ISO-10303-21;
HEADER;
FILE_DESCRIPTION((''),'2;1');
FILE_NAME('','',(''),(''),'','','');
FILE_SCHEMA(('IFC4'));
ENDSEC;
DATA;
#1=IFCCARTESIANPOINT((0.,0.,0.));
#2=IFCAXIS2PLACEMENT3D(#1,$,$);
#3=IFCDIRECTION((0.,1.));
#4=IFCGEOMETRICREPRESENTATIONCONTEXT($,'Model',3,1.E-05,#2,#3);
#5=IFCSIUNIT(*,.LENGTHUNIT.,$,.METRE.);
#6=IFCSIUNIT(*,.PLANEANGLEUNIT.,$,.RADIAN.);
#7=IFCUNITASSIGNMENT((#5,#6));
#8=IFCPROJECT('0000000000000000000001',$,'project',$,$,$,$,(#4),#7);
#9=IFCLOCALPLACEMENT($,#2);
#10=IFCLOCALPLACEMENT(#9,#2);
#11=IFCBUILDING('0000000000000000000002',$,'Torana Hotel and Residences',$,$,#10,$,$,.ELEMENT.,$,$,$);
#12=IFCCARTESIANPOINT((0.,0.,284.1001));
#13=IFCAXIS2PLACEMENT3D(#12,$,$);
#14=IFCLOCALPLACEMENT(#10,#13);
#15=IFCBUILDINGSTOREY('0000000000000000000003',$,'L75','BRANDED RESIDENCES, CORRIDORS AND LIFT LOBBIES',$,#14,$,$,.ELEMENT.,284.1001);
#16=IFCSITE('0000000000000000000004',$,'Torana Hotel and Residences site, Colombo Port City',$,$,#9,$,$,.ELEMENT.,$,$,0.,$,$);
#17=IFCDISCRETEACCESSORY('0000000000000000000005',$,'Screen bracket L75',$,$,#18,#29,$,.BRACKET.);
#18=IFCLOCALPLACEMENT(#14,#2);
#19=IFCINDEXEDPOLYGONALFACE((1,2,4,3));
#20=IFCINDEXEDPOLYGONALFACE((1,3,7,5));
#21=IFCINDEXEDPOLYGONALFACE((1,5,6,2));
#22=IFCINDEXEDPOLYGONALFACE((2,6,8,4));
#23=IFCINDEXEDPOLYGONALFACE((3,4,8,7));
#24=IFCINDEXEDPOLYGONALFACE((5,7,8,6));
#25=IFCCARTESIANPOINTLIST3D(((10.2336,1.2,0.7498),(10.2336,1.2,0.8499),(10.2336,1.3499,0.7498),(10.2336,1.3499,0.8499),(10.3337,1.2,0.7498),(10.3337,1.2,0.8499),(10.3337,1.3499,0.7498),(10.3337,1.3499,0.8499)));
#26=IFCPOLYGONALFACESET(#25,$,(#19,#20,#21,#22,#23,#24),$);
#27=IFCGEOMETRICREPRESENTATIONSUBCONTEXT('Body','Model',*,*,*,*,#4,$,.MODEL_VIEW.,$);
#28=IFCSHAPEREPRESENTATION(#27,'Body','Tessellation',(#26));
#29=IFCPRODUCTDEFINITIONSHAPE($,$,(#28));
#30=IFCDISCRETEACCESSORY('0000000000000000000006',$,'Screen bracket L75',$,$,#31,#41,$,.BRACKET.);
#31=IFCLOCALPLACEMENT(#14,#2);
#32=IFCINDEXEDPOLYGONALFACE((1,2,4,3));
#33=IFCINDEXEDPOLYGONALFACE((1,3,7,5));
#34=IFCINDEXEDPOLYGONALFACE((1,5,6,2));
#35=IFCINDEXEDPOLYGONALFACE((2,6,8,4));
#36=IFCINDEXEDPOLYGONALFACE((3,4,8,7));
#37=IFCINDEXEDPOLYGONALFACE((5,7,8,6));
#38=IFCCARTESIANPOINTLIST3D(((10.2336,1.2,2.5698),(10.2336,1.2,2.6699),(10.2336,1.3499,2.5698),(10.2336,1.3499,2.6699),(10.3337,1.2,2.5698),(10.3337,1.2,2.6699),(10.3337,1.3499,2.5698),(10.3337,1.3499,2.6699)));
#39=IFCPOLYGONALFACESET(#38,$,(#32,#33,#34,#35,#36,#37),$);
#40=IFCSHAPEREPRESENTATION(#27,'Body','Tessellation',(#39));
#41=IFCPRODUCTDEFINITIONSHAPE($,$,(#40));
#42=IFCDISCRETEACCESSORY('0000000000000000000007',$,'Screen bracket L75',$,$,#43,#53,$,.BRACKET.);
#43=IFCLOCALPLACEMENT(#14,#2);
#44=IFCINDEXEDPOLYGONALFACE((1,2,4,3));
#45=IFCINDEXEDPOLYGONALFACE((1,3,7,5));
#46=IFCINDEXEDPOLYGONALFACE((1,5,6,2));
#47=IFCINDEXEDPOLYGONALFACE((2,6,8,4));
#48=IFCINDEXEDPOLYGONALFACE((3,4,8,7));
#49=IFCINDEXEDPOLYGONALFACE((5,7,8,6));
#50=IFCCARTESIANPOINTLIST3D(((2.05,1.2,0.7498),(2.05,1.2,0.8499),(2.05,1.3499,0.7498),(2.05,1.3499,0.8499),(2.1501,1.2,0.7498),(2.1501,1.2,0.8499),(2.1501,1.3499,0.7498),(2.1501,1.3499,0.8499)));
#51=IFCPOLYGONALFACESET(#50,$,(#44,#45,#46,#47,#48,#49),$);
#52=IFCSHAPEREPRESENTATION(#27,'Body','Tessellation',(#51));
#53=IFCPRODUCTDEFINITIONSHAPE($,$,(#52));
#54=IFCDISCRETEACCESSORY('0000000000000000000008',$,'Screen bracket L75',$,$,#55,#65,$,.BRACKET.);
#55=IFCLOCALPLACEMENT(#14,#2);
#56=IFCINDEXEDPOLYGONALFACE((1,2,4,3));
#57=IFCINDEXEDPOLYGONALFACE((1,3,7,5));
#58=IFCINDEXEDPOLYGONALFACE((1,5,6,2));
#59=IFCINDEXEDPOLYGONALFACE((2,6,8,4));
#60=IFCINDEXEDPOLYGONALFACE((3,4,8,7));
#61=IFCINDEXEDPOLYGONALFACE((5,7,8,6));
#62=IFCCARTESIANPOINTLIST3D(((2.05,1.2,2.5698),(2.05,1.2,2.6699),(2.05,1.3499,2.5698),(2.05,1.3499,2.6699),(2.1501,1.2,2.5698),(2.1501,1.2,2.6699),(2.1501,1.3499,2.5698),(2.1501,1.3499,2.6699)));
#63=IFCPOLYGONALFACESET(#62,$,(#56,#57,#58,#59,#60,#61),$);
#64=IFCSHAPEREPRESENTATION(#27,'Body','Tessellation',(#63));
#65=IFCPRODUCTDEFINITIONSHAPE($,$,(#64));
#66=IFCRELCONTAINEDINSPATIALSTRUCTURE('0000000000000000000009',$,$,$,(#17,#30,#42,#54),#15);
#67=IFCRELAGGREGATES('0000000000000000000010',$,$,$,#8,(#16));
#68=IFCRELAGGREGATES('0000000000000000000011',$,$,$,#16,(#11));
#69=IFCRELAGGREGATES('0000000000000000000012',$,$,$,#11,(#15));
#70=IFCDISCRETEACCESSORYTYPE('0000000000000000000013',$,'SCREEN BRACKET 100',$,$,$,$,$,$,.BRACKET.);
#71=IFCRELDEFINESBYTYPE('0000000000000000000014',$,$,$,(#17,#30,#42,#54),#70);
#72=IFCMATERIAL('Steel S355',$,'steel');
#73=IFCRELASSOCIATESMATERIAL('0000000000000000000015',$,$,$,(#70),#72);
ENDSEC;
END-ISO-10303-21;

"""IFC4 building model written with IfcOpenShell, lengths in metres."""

from ifc_helpers import new_model, si_unit, direction, frame, origin, origin_2d, place, context, subcontext, project, spatial, rectangle, extrude, material, type_object, element, save


model = new_model("IFC4")

# Units and contexts
model_context = context("Model", 3, precision=1e-05, world=origin(), true_north=direction((0.0, 1.0)))
body_context = subcontext(model_context, "Body", "Model", "MODEL_VIEW")
ifc_project = project(units=[si_unit("LENGTHUNIT", "METRE"), si_unit("PLANEANGLEUNIT", "RADIAN")], contexts=[model_context])

# Site, building, storey
site_placement = place(None, origin())
site = spatial("IfcSite", under=ifc_project, at=site_placement, Name="Torana Hotel and Residences site, Colombo Port City", CompositionType="ELEMENT", RefElevation=0.0)
building_placement = place(site_placement, origin())
building = spatial("IfcBuilding", under=site, at=building_placement, Name="Torana Hotel and Residences", CompositionType="ELEMENT")
storey_placement = place(building_placement, frame((0.0, 0.0, 284.1001)))
storey = spatial("IfcBuildingStorey", under=building, at=storey_placement, Name="L75", Description="BRANDED RESIDENCES, CORRIDORS AND LIFT LOBBIES", CompositionType="ELEMENT", Elevation=284.1001)

# Discrete accessories
ifc_material_1 = material(Name="Steel S355", Category="steel")
discrete_accessory_type = type_object("IfcDiscreteAccessoryType", Name="SCREEN BRACKET 100", PredefinedType="BRACKET", material=ifc_material_1)
for number, where, z_axis, x_axis, name in (
    (1, (10.2837, 1.2749, 0.7498), (0.0, 0.0, 1.0), (-1.0, 0.0, 0.0), "Screen bracket L75"),
    (2, (10.2837, 1.2749, 2.5698), (0.0, 0.0, 1.0), (-1.0, 0.0, 0.0), "Screen bracket L75"),
    (3, (2.1001, 1.2749, 0.7498), (0.0, 0.0, 1.0), (-1.0, 0.0, 0.0), "Screen bracket L75"),
    (4, (2.1001, 1.2749, 2.5698), (0.0, 0.0, 1.0), (-1.0, 0.0, 0.0), "Screen bracket L75"),
):
    element("IfcDiscreteAccessory", number, at=place(storey_placement, frame(where, z_axis=z_axis, x_axis=x_axis)), inside=storey, type_object=discrete_accessory_type, Name=name, PredefinedType="BRACKET", context=body_context, shape_type="SweptSolid", body=[
        extrude(rectangle(XDim=0.1001, YDim=0.1499, at=origin_2d()), origin(), (0.0, 0.0, 1.0), 0.1001),
    ])

save(model, "model.ifc")
